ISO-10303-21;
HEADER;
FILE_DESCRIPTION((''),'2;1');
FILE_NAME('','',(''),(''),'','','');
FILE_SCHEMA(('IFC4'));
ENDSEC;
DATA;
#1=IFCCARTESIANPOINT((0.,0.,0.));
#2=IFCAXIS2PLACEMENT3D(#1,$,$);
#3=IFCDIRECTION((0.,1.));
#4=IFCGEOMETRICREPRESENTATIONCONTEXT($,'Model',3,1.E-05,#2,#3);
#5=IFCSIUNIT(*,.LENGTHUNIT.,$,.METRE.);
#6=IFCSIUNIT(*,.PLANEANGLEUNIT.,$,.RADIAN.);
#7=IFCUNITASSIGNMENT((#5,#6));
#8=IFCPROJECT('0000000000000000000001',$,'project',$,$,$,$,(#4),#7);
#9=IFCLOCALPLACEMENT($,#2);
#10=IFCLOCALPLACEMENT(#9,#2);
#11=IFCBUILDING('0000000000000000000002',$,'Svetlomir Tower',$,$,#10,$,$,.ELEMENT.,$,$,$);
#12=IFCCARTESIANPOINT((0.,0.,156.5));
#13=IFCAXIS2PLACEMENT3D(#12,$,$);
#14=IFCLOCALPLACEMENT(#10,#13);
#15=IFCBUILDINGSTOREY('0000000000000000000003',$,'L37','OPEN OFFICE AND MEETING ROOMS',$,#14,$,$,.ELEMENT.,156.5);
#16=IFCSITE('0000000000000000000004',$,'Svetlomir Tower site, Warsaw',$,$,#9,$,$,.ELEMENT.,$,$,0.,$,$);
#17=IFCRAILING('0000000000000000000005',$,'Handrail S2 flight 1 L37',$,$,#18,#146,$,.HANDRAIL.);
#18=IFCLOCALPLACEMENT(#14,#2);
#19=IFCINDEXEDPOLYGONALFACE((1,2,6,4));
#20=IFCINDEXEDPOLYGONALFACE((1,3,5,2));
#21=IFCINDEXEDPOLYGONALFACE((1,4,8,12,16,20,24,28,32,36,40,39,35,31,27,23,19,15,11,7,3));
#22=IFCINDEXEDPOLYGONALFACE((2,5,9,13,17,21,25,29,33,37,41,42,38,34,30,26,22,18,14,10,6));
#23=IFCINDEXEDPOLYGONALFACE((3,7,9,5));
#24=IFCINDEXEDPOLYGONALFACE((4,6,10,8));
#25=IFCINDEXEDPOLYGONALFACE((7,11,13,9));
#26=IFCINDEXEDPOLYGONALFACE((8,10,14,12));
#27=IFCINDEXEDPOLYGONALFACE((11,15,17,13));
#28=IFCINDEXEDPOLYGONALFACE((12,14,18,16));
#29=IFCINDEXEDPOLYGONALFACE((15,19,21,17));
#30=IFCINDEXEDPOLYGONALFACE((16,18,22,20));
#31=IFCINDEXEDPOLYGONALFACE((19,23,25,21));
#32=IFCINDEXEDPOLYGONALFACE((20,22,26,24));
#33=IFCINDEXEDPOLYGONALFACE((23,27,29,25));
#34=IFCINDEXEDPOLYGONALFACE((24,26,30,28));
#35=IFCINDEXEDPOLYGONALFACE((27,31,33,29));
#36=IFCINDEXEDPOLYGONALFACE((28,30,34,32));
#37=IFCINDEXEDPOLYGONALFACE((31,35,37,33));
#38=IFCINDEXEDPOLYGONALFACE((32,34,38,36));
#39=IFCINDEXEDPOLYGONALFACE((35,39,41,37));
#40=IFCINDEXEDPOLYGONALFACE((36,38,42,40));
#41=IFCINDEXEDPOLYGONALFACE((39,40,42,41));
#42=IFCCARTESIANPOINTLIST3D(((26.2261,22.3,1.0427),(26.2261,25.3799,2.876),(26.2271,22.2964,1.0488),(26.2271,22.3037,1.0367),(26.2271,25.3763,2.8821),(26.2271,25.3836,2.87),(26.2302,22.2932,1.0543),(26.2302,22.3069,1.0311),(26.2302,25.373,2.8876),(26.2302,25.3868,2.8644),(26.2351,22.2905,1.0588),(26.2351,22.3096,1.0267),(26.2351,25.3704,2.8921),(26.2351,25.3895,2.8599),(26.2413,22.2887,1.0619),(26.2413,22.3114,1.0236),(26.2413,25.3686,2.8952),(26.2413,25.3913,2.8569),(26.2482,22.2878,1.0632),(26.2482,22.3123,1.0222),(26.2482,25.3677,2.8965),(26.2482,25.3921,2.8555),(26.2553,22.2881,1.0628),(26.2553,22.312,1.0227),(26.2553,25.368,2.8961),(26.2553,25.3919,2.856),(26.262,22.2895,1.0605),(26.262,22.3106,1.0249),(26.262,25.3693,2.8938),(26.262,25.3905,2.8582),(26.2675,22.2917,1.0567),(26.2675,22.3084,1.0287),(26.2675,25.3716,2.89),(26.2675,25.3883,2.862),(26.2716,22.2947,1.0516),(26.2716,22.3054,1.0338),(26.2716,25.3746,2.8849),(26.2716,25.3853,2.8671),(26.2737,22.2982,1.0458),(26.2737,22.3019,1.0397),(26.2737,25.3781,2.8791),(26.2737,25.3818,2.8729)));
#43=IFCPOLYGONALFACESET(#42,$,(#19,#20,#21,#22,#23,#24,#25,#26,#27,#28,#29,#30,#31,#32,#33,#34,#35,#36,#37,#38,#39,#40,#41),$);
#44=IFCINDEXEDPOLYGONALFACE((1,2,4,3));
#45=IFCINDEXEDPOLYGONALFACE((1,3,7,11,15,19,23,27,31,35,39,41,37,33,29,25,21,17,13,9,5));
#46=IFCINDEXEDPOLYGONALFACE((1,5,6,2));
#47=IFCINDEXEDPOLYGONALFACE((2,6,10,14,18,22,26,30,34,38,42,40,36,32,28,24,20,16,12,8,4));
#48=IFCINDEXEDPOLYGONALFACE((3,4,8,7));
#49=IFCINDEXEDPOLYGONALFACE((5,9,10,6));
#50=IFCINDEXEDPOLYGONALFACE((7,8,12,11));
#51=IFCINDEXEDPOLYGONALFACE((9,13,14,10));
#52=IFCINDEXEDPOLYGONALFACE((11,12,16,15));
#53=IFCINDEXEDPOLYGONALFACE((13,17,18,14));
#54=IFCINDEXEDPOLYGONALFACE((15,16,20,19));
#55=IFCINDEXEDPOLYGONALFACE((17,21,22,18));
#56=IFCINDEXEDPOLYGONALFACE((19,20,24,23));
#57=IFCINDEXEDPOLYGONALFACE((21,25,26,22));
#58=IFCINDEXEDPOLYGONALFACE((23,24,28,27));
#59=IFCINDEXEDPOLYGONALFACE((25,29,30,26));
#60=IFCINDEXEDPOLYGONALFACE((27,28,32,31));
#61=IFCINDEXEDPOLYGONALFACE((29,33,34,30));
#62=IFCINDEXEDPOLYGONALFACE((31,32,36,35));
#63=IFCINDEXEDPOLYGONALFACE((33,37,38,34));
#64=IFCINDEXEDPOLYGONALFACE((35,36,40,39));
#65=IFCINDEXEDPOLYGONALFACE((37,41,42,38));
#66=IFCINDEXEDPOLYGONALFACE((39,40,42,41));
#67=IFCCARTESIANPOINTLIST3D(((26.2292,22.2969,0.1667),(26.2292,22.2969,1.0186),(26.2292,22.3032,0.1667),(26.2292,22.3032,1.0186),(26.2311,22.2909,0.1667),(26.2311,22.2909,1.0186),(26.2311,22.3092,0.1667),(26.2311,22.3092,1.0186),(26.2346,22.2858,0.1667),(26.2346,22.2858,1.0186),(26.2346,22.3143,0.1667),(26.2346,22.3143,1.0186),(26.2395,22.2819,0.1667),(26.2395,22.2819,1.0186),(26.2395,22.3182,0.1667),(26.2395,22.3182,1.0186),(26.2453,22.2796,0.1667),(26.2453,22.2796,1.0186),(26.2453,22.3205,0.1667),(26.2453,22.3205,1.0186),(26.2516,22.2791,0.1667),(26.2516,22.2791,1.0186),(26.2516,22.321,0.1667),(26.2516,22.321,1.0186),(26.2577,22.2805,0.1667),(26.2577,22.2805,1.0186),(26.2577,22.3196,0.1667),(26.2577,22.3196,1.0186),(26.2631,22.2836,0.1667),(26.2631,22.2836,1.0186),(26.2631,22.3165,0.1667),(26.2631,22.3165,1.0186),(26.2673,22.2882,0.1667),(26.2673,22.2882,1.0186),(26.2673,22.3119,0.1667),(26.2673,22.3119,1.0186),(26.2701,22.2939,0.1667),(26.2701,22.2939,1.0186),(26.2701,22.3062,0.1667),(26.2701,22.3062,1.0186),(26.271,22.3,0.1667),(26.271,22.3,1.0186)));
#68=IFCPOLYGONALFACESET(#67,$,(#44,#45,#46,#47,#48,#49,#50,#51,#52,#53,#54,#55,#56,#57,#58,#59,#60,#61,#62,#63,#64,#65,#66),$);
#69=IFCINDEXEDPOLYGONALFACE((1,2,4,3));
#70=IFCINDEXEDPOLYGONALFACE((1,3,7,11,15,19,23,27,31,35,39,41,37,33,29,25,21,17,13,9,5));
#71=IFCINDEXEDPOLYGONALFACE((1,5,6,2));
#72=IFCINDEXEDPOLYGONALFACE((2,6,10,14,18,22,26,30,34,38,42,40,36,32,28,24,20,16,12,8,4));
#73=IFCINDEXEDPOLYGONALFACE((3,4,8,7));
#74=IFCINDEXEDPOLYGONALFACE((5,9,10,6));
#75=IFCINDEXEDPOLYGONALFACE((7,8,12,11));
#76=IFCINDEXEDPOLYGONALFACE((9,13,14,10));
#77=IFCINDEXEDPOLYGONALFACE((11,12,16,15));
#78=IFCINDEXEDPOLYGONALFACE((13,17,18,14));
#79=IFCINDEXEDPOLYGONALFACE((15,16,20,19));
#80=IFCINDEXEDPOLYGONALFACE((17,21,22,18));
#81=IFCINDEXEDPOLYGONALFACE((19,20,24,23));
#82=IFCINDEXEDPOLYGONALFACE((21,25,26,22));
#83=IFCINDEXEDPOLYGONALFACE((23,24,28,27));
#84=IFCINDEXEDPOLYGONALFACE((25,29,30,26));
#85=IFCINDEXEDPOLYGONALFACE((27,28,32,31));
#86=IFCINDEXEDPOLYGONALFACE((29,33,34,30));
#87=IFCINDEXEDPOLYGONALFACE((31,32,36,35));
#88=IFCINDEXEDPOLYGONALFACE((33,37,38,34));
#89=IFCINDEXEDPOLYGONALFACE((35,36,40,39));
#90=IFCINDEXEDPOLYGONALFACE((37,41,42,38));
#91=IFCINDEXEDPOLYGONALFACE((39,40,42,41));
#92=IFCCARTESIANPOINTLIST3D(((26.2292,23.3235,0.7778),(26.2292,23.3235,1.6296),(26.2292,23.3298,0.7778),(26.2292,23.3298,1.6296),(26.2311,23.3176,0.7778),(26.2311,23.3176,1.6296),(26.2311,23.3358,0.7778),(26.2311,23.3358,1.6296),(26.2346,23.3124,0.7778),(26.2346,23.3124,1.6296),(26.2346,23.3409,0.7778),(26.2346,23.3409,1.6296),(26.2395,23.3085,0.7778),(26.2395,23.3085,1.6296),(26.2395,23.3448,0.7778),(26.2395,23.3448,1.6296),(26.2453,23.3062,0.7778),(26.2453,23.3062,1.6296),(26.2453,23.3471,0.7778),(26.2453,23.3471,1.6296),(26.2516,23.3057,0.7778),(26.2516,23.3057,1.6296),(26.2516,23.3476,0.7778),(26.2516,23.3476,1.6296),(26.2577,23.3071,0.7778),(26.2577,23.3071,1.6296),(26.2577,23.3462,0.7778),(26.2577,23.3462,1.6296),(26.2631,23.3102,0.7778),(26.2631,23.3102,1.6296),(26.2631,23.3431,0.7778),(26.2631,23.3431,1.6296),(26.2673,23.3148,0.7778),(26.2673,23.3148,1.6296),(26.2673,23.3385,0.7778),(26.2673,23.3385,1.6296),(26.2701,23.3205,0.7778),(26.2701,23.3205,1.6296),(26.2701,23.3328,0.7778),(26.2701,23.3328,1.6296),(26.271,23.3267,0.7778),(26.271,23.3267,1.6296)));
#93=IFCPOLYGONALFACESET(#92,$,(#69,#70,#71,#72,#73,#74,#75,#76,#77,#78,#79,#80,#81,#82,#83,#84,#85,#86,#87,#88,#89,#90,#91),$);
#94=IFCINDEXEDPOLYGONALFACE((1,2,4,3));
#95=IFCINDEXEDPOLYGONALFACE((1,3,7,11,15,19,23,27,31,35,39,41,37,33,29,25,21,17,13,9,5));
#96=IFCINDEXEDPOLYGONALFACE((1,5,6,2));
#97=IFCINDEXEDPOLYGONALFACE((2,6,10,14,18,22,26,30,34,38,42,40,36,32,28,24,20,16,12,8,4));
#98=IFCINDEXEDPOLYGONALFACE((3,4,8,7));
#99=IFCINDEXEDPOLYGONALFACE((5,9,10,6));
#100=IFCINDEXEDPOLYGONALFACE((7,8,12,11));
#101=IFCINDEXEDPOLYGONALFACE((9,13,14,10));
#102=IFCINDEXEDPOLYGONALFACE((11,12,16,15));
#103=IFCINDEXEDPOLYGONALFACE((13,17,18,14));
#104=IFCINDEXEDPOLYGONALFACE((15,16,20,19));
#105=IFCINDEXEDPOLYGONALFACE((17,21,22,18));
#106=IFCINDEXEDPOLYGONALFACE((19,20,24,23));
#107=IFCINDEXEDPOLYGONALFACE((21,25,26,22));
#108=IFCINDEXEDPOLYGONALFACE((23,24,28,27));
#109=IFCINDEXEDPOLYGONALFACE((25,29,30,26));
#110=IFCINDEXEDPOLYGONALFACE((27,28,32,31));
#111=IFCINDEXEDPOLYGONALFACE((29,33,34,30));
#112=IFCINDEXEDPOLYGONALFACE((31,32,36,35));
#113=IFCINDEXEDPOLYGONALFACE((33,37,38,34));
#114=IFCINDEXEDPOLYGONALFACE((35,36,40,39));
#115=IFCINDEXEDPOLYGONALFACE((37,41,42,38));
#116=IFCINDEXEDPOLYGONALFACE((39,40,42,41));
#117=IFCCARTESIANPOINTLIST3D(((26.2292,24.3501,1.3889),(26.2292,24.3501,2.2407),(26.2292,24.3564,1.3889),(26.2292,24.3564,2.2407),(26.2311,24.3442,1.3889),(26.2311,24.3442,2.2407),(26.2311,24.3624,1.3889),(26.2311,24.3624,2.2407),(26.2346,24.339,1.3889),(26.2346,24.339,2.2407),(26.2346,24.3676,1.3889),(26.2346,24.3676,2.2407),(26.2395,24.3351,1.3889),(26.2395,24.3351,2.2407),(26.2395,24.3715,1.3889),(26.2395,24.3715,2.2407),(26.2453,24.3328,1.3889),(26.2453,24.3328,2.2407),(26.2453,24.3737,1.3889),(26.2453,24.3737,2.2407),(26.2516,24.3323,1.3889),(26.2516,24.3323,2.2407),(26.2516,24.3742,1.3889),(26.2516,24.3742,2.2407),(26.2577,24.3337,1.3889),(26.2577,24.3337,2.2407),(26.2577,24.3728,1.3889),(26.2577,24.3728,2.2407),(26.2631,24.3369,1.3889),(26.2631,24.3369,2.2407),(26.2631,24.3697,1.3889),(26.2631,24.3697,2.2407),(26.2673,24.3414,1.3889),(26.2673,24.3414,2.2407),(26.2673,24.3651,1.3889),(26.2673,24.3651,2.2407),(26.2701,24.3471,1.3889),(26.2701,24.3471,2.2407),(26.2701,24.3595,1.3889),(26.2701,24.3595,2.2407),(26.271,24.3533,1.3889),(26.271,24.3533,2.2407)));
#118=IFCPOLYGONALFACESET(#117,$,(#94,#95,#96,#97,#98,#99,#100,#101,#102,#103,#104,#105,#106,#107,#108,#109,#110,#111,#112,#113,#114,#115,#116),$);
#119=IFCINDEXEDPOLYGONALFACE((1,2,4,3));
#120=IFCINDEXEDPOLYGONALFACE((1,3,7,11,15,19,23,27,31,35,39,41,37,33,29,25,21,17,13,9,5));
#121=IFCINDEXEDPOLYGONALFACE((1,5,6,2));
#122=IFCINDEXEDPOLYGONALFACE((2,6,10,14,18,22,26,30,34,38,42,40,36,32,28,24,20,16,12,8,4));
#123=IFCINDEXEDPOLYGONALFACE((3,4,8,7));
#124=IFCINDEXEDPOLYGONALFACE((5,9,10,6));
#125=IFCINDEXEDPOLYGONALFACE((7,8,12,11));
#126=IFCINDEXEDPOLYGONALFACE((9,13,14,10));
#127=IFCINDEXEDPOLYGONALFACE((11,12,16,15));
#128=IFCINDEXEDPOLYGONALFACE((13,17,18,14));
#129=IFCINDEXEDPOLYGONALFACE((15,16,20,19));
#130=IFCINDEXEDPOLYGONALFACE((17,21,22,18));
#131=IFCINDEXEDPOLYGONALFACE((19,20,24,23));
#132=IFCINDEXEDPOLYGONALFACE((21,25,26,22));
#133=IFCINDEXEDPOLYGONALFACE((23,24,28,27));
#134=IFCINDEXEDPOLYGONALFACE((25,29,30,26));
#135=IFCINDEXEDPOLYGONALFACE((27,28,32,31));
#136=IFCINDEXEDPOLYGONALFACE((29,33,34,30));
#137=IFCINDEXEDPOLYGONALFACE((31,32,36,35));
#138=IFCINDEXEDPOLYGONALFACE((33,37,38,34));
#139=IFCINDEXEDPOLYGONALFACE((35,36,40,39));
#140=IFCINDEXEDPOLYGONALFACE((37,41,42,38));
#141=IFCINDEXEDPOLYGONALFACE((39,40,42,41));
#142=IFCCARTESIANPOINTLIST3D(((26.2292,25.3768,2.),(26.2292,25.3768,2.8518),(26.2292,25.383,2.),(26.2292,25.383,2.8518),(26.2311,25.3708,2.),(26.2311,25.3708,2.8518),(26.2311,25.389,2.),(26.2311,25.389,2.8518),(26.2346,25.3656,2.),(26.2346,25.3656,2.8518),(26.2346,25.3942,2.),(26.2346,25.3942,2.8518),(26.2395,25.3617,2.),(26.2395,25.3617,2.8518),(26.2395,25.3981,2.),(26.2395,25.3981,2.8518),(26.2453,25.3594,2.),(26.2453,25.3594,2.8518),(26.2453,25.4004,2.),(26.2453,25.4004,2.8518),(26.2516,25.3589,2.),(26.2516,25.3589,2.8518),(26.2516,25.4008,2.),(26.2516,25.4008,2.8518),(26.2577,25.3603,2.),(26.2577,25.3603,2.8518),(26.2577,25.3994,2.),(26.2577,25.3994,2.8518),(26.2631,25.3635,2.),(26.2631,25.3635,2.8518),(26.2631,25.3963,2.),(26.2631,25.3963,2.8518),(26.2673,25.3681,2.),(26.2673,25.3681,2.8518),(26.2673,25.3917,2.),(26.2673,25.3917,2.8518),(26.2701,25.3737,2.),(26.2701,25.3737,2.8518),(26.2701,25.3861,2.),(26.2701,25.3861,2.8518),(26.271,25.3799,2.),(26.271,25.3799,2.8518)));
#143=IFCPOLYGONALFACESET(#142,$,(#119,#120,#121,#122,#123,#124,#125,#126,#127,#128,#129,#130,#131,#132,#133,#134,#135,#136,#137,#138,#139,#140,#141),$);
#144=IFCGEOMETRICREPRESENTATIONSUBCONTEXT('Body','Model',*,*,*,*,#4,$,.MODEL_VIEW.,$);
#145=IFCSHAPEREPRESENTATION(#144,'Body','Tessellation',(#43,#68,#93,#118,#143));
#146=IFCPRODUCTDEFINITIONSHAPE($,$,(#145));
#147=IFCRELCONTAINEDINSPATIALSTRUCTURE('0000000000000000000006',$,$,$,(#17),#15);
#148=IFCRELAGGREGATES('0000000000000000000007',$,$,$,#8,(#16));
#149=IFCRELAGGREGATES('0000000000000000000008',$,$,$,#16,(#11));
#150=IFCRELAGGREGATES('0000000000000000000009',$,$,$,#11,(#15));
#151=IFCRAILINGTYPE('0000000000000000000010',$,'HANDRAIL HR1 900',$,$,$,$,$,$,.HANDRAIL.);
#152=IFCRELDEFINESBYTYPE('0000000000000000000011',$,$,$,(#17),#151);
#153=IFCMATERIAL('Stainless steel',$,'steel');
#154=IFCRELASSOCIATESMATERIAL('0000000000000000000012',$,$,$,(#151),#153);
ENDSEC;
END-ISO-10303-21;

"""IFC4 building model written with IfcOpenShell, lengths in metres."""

from ifc_helpers import new_model, si_unit, direction, frame, origin, origin_2d, place, context, subcontext, project, spatial, circle, extrude, material, type_object, element, save


model = new_model("IFC4")

# Units and contexts
model_context = context("Model", 3, precision=1e-05, world=origin(), true_north=direction((0.0, 1.0)))
body_context = subcontext(model_context, "Body", "Model", "MODEL_VIEW")
ifc_project = project(units=[si_unit("LENGTHUNIT", "METRE"), si_unit("PLANEANGLEUNIT", "RADIAN")], contexts=[model_context])

# Site, building, storey
site_placement = place(None, origin())
site = spatial("IfcSite", under=ifc_project, at=site_placement, Name="Svetlomir Tower site, Warsaw", CompositionType="ELEMENT", RefElevation=0.0)
building_placement = place(site_placement, origin())
building = spatial("IfcBuilding", under=site, at=building_placement, Name="Svetlomir Tower", CompositionType="ELEMENT")
storey_placement = place(building_placement, frame((0.0, 0.0, 156.5)))
storey = spatial("IfcBuildingStorey", under=building, at=storey_placement, Name="L37", Description="OPEN OFFICE AND MEETING ROOMS", CompositionType="ELEMENT", Elevation=156.5)

# Railing
ifc_material_1 = material(Name="Stainless steel", Category="steel")
railing_type = type_object("IfcRailingType", Name="HANDRAIL HR1 900", PredefinedType="HANDRAIL", material=ifc_material_1)
railing_1_placement = place(storey_placement, frame((26.25, 22.3, 0.1667)))
element("IfcRailing", 1, at=railing_1_placement, inside=storey, type_object=railing_type, Name="Handrail S2 flight 1 L37", PredefinedType="HANDRAIL", context=body_context, shape_type="SweptSolid", body=[
    extrude(circle(Radius=0.0239, at=origin_2d()), frame((0.0, 0.0, 0.876), z_axis=(0.0, 0.859291, 0.511487), x_axis=(-1.0, 0.0, 0.0)), (0.0, 0.0, 1.0), 3.5842),
    extrude(circle(Radius=0.021, at=origin_2d()), origin(), (0.0, 0.0, 1.0), 0.8518),
    extrude(circle(Radius=0.021, at=origin_2d()), frame((0.0, 1.0266, 0.6111)), (0.0, 0.0, 1.0), 0.8518),
    extrude(circle(Radius=0.021, at=origin_2d()), frame((0.0, 2.0532, 1.2222)), (0.0, 0.0, 1.0), 0.8518),
    extrude(circle(Radius=0.021, at=origin_2d()), frame((0.0, 3.0798, 1.8333)), (0.0, 0.0, 1.0), 0.8518),
])

save(model, "model.ifc")
